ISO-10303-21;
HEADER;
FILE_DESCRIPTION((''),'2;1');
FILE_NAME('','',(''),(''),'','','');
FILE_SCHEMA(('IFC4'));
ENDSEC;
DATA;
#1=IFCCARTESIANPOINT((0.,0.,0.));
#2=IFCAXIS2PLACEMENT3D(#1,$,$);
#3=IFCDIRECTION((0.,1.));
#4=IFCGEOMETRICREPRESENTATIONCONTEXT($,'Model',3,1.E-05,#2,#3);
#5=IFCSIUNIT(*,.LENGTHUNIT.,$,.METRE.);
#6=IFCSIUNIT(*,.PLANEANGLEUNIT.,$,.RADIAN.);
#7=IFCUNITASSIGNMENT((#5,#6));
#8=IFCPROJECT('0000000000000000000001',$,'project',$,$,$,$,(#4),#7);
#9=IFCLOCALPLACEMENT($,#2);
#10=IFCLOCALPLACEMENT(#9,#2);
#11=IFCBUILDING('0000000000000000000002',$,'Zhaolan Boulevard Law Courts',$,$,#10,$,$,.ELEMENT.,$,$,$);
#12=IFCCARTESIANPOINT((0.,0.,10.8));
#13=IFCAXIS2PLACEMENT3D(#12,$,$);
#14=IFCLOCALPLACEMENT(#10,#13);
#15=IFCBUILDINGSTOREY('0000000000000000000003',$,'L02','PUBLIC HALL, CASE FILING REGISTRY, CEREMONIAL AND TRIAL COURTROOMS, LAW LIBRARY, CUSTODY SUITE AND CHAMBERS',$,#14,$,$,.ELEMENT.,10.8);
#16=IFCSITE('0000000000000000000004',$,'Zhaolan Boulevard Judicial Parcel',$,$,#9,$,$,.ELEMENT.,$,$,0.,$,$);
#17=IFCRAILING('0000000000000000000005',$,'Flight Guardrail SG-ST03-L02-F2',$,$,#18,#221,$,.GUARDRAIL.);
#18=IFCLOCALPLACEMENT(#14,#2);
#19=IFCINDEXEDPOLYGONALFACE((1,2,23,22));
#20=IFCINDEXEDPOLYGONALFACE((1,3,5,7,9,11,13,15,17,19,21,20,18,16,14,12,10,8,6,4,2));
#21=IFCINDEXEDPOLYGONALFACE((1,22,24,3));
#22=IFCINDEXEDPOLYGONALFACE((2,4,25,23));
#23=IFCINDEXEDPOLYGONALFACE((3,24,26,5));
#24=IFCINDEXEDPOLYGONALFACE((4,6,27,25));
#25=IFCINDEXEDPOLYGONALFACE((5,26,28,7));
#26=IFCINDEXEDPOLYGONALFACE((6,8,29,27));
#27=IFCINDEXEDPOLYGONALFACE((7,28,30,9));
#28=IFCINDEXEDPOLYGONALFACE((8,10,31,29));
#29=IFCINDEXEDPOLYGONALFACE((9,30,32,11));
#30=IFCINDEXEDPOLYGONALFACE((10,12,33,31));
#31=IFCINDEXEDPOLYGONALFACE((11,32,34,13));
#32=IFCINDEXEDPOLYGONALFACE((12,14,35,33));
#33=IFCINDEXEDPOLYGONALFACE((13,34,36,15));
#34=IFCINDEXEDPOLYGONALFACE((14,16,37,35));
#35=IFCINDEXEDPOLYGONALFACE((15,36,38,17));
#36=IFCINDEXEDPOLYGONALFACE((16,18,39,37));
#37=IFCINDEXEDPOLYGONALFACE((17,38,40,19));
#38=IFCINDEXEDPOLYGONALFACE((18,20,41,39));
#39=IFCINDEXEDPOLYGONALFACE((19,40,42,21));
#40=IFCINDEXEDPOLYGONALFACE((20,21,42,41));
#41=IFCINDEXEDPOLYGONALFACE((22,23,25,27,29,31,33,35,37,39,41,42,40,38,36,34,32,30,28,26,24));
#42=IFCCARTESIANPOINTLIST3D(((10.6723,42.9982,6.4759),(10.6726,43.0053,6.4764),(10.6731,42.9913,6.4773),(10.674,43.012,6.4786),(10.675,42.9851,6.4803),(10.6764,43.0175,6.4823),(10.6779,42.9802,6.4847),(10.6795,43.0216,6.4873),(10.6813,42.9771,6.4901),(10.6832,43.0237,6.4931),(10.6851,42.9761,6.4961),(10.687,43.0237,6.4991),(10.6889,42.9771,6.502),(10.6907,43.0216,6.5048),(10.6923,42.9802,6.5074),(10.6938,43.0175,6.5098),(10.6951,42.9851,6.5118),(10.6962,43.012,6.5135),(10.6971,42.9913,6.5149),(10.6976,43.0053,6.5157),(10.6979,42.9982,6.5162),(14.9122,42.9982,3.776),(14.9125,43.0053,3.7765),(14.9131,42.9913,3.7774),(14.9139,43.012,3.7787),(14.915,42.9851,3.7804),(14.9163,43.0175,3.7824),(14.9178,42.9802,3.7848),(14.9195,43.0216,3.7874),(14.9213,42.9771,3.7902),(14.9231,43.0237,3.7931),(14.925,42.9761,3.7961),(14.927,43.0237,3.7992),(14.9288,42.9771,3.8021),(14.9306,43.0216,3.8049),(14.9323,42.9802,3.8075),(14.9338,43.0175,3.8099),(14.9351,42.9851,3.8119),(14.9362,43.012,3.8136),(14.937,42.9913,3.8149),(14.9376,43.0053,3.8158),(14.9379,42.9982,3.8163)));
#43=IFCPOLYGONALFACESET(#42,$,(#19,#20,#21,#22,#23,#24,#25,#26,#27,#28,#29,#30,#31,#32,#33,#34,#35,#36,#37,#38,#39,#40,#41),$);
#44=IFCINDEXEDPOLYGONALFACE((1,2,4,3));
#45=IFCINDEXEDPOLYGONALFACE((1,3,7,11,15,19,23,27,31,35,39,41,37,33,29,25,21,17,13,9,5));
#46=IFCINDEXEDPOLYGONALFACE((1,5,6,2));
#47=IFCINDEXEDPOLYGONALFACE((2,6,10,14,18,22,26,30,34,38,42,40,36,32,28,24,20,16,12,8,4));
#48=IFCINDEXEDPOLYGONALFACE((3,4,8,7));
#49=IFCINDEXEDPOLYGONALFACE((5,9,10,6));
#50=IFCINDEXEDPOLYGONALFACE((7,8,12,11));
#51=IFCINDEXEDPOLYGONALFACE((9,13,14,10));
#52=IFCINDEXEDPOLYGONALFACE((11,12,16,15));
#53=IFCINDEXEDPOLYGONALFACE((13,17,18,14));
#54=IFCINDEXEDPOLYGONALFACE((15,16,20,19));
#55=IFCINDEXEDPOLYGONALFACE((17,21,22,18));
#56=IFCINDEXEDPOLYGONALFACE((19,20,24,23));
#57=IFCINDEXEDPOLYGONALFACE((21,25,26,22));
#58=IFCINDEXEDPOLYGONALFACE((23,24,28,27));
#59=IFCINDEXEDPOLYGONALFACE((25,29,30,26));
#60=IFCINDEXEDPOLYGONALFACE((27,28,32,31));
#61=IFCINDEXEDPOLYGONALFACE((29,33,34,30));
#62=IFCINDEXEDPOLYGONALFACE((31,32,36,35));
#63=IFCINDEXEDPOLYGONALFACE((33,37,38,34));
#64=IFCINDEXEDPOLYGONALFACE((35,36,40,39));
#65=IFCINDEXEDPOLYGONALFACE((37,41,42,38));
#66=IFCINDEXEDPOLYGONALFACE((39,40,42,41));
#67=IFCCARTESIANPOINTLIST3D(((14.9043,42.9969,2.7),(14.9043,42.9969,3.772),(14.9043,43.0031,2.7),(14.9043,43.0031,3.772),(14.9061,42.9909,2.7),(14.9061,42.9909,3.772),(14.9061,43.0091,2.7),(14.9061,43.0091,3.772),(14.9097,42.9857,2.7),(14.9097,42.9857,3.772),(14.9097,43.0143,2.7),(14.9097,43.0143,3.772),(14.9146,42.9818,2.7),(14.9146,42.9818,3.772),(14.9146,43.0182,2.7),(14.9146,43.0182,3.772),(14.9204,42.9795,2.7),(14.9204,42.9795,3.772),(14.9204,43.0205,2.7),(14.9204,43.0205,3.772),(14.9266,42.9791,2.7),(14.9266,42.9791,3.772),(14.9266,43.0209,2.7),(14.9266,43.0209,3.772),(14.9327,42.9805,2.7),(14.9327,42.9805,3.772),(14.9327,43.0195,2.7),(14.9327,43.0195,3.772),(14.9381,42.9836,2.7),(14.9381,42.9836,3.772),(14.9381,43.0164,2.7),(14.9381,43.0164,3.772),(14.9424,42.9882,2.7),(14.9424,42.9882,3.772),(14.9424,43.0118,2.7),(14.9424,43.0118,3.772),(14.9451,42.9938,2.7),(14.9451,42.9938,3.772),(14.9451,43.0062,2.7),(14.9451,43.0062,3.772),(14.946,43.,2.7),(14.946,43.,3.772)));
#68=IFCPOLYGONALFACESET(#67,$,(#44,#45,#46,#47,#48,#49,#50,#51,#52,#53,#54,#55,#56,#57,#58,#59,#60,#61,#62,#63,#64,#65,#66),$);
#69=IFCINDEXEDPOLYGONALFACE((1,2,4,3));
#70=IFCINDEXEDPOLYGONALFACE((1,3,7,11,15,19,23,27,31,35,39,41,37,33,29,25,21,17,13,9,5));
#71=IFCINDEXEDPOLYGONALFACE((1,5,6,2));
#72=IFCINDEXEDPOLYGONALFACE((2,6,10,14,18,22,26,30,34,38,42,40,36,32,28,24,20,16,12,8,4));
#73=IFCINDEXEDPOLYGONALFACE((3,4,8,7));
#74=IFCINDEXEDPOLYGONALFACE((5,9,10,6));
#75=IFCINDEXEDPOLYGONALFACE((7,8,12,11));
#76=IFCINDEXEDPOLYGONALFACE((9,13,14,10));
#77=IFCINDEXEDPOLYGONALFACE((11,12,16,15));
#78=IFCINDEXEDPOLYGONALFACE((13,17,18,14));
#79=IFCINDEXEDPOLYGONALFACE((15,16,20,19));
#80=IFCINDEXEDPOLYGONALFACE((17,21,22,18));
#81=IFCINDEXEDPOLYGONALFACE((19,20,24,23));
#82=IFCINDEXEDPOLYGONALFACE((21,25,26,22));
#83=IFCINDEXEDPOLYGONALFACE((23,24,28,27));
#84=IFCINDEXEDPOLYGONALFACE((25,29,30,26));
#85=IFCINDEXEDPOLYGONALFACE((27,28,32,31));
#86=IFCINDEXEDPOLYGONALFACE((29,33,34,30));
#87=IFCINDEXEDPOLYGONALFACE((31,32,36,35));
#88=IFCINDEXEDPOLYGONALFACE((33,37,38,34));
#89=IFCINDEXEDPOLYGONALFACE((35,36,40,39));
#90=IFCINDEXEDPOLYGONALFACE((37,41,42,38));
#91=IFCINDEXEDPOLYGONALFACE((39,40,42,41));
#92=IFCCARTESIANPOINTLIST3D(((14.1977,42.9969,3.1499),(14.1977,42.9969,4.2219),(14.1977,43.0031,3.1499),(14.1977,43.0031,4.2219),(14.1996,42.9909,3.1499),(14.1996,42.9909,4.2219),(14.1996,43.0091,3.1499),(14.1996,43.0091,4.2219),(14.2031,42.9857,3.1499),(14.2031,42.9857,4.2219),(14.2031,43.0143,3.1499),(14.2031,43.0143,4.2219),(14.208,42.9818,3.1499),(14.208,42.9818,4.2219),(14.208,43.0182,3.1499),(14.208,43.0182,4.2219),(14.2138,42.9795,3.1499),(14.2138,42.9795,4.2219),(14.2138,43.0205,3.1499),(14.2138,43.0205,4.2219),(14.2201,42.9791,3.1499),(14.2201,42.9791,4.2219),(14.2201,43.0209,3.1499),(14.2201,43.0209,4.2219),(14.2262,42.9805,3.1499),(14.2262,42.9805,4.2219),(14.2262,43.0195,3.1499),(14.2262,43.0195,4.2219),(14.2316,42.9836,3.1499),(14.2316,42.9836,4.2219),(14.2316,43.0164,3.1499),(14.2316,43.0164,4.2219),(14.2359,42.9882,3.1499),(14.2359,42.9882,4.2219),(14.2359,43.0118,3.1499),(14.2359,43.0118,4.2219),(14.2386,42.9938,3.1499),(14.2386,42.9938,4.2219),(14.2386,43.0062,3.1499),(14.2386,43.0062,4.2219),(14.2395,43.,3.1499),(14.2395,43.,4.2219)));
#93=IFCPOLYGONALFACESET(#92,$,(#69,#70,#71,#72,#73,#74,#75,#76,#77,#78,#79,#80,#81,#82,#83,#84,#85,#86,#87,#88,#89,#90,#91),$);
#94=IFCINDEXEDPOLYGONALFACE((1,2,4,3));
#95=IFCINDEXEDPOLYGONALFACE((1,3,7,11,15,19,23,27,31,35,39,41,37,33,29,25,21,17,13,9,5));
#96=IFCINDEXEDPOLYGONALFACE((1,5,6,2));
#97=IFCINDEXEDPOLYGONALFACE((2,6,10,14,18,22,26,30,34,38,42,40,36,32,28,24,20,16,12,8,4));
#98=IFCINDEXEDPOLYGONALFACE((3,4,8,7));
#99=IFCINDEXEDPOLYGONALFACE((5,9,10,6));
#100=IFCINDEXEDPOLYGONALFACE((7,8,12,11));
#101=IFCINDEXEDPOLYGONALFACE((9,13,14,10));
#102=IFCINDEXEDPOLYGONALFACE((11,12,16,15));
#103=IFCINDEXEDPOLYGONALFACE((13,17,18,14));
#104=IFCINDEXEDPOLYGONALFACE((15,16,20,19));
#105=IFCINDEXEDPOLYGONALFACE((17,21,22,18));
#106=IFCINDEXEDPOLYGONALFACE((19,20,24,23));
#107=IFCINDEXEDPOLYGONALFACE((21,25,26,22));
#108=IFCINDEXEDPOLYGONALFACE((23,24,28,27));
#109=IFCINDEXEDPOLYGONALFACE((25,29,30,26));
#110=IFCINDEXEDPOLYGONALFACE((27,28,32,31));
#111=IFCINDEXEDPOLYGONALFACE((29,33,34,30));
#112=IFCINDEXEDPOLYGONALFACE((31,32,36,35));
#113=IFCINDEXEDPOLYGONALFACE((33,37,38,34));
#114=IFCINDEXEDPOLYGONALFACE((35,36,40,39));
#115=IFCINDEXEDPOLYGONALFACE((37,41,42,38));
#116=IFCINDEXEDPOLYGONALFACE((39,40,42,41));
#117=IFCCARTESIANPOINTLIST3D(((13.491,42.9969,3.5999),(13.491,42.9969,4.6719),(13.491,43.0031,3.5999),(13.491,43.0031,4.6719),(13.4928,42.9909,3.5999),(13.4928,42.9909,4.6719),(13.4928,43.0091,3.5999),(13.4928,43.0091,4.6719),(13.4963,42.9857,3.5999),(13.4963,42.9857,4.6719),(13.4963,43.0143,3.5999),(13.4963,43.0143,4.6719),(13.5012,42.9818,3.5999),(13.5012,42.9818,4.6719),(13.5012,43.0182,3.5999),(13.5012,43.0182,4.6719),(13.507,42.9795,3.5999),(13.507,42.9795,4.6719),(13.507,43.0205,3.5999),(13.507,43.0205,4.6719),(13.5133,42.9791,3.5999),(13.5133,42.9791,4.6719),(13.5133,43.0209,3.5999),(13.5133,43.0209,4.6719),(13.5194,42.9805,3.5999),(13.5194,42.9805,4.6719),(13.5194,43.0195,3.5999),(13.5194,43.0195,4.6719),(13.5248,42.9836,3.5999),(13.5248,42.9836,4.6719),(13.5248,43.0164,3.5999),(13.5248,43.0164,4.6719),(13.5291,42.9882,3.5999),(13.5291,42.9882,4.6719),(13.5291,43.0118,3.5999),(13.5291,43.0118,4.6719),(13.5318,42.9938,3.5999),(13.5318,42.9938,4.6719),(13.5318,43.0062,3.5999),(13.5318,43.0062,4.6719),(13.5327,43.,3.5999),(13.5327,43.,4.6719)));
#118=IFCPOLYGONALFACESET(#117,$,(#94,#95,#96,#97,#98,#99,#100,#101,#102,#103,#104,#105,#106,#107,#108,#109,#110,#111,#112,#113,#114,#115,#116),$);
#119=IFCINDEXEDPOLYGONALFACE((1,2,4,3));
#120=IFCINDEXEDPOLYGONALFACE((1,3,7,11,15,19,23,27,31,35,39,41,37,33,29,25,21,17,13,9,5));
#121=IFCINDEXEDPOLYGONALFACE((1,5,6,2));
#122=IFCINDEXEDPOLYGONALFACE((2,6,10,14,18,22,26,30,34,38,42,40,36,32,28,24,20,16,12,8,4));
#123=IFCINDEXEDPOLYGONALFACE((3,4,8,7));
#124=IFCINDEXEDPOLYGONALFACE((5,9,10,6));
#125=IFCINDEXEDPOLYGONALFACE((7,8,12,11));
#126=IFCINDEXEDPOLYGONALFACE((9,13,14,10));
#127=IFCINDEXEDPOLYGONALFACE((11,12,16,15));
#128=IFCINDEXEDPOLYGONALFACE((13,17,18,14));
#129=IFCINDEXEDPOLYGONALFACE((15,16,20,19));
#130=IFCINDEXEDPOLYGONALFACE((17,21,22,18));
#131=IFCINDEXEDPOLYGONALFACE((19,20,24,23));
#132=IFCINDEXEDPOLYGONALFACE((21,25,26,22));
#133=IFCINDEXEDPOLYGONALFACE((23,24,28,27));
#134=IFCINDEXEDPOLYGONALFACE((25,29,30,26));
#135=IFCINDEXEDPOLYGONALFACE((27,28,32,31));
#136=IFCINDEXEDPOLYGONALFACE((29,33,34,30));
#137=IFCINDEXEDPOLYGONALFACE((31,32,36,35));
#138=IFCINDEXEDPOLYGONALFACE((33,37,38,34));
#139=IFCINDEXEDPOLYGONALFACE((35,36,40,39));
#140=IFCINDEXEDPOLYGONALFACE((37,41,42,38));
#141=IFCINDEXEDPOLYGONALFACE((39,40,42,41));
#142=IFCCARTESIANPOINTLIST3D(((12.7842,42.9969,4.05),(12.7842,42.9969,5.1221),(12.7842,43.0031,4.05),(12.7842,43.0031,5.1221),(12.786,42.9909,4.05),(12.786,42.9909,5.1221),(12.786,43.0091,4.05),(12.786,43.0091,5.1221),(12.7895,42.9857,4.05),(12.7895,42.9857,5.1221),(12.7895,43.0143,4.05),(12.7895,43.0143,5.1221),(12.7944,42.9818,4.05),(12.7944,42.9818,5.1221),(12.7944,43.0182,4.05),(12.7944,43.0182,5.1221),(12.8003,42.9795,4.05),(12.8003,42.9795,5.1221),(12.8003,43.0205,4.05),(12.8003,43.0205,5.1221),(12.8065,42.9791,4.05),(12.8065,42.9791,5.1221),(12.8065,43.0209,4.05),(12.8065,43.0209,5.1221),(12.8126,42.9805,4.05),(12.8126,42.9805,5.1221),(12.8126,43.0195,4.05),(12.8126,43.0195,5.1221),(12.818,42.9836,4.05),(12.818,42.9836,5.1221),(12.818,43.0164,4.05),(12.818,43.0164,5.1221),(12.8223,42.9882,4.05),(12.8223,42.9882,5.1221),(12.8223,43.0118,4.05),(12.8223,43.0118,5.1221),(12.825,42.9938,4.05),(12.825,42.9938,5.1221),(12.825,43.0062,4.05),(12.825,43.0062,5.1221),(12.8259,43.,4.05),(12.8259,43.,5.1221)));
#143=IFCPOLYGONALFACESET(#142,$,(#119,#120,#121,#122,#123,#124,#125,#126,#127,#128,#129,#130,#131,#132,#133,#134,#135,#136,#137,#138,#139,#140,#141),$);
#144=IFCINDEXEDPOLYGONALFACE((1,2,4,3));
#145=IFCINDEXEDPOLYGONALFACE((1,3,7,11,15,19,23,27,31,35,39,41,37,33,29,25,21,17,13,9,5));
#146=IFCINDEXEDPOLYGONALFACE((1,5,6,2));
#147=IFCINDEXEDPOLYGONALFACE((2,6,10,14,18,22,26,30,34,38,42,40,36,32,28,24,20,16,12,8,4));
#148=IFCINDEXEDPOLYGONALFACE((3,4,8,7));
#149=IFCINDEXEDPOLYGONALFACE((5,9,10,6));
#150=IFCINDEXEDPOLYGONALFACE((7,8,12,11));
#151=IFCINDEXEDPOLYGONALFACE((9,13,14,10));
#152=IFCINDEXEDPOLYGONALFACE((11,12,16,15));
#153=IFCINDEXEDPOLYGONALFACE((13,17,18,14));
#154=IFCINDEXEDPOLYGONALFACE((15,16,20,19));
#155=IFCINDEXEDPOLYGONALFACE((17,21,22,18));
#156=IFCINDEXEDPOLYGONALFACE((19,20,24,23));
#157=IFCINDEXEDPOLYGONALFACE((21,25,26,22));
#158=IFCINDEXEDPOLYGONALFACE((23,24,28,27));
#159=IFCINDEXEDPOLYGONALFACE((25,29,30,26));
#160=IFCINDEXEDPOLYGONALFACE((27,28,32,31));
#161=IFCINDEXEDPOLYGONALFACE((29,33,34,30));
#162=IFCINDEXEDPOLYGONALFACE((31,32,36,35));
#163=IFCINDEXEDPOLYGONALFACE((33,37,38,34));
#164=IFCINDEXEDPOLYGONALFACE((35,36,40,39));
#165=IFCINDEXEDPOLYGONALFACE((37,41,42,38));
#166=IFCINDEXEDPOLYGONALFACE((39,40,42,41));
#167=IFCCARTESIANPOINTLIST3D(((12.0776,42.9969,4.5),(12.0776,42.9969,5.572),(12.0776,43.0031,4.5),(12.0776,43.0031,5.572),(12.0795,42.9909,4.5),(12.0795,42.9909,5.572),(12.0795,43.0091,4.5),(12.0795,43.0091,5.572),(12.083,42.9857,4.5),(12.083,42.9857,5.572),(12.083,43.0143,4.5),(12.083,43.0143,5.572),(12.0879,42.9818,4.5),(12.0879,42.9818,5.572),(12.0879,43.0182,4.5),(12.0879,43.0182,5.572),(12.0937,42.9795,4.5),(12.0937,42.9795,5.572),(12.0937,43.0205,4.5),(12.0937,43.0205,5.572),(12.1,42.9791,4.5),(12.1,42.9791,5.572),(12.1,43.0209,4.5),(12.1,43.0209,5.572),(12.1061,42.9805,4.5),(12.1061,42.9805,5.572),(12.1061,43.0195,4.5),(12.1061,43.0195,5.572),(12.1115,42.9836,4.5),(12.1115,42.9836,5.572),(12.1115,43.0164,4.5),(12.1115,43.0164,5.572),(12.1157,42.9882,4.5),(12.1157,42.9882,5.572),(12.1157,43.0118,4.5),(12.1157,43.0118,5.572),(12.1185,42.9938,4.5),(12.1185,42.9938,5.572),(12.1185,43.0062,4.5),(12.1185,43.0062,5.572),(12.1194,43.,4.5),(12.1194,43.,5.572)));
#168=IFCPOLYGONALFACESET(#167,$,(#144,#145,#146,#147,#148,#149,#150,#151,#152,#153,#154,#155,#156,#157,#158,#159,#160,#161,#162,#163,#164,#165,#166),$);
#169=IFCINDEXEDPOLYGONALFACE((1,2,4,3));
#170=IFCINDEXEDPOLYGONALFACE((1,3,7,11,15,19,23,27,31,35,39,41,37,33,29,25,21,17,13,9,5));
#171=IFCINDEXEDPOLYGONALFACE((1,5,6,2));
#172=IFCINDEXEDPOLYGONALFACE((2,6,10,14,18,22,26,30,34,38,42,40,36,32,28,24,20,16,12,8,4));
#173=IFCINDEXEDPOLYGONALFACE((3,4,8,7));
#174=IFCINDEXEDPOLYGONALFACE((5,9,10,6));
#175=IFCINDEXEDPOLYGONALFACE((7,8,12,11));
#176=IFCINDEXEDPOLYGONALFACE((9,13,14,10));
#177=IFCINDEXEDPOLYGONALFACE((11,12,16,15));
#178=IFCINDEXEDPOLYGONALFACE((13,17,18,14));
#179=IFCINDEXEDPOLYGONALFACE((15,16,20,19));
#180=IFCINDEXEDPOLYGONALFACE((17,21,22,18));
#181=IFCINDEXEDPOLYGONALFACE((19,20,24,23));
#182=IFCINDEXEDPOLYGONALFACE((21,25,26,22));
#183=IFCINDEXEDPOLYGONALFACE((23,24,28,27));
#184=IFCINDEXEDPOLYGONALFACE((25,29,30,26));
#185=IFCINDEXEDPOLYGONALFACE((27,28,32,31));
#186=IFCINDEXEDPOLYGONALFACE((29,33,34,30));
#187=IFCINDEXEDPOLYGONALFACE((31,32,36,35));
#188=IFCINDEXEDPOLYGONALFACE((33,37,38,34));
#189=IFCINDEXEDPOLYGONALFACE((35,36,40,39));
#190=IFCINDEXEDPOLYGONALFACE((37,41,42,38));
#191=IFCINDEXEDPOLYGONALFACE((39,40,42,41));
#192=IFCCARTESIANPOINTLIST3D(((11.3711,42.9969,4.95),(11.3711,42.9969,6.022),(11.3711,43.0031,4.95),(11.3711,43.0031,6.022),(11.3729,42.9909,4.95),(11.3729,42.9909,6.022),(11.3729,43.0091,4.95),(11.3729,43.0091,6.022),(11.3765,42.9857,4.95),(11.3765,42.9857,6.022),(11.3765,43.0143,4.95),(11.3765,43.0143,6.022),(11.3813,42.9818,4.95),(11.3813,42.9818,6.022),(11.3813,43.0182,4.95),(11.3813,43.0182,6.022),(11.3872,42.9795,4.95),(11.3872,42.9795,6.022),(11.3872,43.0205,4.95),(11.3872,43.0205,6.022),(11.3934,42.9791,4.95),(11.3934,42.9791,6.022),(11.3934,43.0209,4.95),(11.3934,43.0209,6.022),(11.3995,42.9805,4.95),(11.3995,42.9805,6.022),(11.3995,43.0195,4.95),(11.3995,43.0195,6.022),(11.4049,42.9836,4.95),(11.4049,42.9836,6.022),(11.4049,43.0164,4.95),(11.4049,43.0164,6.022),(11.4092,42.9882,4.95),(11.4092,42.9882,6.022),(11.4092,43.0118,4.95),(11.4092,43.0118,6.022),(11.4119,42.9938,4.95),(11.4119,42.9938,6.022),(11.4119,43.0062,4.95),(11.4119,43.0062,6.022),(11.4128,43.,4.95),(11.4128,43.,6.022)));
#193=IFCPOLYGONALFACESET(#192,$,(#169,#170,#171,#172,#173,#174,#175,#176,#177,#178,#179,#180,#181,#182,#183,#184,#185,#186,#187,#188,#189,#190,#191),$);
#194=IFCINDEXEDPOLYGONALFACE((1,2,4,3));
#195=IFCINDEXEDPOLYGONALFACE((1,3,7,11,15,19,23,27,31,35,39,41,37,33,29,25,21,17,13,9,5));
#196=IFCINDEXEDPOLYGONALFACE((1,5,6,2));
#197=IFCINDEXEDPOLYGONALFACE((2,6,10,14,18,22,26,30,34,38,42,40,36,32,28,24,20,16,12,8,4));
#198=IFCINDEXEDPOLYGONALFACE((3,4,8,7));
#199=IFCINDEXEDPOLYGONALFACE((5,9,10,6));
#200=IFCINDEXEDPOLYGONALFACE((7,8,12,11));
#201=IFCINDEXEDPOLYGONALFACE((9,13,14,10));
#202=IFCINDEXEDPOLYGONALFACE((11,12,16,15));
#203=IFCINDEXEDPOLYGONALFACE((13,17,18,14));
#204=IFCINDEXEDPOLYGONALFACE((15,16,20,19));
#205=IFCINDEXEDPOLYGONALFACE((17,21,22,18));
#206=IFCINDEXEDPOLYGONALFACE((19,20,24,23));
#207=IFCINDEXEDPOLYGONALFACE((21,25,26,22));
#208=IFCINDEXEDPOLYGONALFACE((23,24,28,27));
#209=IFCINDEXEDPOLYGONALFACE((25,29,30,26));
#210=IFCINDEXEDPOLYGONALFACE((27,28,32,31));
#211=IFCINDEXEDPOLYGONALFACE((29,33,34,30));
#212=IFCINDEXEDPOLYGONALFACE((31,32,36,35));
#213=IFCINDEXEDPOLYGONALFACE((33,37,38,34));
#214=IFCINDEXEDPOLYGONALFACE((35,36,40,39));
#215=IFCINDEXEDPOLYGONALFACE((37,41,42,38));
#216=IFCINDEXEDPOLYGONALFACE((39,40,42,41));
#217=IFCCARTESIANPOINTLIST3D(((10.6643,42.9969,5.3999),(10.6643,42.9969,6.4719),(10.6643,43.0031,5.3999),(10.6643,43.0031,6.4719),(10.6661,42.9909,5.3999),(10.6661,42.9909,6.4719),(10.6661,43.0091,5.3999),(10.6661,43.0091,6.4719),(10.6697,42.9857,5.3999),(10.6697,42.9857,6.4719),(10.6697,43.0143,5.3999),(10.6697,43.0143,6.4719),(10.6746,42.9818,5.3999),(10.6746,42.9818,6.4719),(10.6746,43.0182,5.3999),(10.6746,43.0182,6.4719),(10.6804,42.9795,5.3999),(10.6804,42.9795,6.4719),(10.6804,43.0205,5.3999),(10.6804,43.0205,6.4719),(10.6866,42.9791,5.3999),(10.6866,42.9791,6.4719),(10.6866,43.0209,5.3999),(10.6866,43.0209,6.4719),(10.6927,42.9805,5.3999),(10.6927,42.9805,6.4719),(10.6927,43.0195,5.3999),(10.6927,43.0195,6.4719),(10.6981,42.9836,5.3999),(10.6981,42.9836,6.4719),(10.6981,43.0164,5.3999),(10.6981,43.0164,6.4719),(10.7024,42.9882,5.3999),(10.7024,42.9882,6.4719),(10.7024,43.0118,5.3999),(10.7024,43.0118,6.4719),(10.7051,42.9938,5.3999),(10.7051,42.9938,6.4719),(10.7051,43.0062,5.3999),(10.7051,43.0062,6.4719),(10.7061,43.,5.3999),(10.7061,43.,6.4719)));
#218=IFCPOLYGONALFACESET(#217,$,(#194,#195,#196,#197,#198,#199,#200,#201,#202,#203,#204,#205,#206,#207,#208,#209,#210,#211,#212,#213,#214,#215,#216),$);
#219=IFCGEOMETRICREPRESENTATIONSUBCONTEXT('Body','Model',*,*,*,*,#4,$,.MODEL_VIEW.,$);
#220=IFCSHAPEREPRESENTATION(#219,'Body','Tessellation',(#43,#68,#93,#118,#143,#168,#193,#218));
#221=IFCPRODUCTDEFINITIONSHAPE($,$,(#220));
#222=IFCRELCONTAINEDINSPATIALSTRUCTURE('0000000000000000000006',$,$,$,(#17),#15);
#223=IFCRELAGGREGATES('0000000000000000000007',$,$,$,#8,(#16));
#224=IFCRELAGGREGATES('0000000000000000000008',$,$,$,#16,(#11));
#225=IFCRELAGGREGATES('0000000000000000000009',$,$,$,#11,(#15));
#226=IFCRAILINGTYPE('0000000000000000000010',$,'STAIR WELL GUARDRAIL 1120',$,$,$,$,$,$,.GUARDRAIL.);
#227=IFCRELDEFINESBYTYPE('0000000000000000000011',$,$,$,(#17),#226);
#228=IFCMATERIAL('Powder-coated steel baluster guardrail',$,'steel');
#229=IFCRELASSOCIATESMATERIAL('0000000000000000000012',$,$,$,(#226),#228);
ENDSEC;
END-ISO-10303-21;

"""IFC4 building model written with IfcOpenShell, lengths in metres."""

from ifc_helpers import new_model, si_unit, direction, frame, origin, origin_2d, place, context, subcontext, project, spatial, circle, extrude, material, type_object, element, save


model = new_model("IFC4")

# Units and contexts
model_context = context("Model", 3, precision=1e-05, world=origin(), true_north=direction((0.0, 1.0)))
body_context = subcontext(model_context, "Body", "Model", "MODEL_VIEW")
ifc_project = project(units=[si_unit("LENGTHUNIT", "METRE"), si_unit("PLANEANGLEUNIT", "RADIAN")], contexts=[model_context])

# Site, building, storey
site_placement = place(None, origin())
site = spatial("IfcSite", under=ifc_project, at=site_placement, Name="Zhaolan Boulevard Judicial Parcel", CompositionType="ELEMENT", RefElevation=0.0)
building_placement = place(site_placement, origin())
building = spatial("IfcBuilding", under=site, at=building_placement, Name="Zhaolan Boulevard Law Courts", CompositionType="ELEMENT")
storey_placement = place(building_placement, frame((0.0, 0.0, 10.8)))
storey = spatial("IfcBuildingStorey", under=building, at=storey_placement, Name="L02", Description="PUBLIC HALL, CASE FILING REGISTRY, CEREMONIAL AND TRIAL COURTROOMS, LAW LIBRARY, CUSTODY SUITE AND CHAMBERS", CompositionType="ELEMENT", Elevation=10.8)

# Railing
ifc_material_1 = material(Name="Powder-coated steel baluster guardrail", Category="steel")
railing_type_1 = type_object("IfcRailingType", Name="STAIR WELL GUARDRAIL 1120", PredefinedType="GUARDRAIL", material=ifc_material_1)
railing_1_placement = place(storey_placement, frame((14.925, 43.0, 2.7)))
element("IfcRailing", 1, at=railing_1_placement, inside=storey, type_object=railing_type_1, Name="Flight Guardrail SG-ST03-L02-F2", PredefinedType="GUARDRAIL", context=body_context, shape_type="SweptSolid", body=[
    extrude(circle(Radius=0.0239, at=origin_2d()), frame((0.0, 0.0, 1.0962), z_axis=(-0.843501, 0.0, 0.537127), x_axis=(0.0, -1.0, 0.0)), (0.0, 0.0, 1.0), 5.0266),
    extrude(circle(Radius=0.021, at=origin_2d()), origin(), (0.0, 0.0, 1.0), 1.072),
    extrude(circle(Radius=0.021, at=origin_2d()), frame((-0.7065, 0.0, 0.45)), (0.0, 0.0, 1.0), 1.072),
    extrude(circle(Radius=0.021, at=origin_2d()), frame((-1.4133, 0.0, 0.8999)), (0.0, 0.0, 1.0), 1.072),
    extrude(circle(Radius=0.021, at=origin_2d()), frame((-2.1201, 0.0, 1.3501)), (0.0, 0.0, 1.0), 1.072),
    extrude(circle(Radius=0.021, at=origin_2d()), frame((-2.8267, 0.0, 1.8)), (0.0, 0.0, 1.0), 1.072),
    extrude(circle(Radius=0.021, at=origin_2d()), frame((-3.5332, 0.0, 2.25)), (0.0, 0.0, 1.0), 1.072),
    extrude(circle(Radius=0.021, at=origin_2d()), frame((-4.24, 0.0, 2.7)), (0.0, 0.0, 1.0), 1.072),
])

save(model, "model.ifc")
